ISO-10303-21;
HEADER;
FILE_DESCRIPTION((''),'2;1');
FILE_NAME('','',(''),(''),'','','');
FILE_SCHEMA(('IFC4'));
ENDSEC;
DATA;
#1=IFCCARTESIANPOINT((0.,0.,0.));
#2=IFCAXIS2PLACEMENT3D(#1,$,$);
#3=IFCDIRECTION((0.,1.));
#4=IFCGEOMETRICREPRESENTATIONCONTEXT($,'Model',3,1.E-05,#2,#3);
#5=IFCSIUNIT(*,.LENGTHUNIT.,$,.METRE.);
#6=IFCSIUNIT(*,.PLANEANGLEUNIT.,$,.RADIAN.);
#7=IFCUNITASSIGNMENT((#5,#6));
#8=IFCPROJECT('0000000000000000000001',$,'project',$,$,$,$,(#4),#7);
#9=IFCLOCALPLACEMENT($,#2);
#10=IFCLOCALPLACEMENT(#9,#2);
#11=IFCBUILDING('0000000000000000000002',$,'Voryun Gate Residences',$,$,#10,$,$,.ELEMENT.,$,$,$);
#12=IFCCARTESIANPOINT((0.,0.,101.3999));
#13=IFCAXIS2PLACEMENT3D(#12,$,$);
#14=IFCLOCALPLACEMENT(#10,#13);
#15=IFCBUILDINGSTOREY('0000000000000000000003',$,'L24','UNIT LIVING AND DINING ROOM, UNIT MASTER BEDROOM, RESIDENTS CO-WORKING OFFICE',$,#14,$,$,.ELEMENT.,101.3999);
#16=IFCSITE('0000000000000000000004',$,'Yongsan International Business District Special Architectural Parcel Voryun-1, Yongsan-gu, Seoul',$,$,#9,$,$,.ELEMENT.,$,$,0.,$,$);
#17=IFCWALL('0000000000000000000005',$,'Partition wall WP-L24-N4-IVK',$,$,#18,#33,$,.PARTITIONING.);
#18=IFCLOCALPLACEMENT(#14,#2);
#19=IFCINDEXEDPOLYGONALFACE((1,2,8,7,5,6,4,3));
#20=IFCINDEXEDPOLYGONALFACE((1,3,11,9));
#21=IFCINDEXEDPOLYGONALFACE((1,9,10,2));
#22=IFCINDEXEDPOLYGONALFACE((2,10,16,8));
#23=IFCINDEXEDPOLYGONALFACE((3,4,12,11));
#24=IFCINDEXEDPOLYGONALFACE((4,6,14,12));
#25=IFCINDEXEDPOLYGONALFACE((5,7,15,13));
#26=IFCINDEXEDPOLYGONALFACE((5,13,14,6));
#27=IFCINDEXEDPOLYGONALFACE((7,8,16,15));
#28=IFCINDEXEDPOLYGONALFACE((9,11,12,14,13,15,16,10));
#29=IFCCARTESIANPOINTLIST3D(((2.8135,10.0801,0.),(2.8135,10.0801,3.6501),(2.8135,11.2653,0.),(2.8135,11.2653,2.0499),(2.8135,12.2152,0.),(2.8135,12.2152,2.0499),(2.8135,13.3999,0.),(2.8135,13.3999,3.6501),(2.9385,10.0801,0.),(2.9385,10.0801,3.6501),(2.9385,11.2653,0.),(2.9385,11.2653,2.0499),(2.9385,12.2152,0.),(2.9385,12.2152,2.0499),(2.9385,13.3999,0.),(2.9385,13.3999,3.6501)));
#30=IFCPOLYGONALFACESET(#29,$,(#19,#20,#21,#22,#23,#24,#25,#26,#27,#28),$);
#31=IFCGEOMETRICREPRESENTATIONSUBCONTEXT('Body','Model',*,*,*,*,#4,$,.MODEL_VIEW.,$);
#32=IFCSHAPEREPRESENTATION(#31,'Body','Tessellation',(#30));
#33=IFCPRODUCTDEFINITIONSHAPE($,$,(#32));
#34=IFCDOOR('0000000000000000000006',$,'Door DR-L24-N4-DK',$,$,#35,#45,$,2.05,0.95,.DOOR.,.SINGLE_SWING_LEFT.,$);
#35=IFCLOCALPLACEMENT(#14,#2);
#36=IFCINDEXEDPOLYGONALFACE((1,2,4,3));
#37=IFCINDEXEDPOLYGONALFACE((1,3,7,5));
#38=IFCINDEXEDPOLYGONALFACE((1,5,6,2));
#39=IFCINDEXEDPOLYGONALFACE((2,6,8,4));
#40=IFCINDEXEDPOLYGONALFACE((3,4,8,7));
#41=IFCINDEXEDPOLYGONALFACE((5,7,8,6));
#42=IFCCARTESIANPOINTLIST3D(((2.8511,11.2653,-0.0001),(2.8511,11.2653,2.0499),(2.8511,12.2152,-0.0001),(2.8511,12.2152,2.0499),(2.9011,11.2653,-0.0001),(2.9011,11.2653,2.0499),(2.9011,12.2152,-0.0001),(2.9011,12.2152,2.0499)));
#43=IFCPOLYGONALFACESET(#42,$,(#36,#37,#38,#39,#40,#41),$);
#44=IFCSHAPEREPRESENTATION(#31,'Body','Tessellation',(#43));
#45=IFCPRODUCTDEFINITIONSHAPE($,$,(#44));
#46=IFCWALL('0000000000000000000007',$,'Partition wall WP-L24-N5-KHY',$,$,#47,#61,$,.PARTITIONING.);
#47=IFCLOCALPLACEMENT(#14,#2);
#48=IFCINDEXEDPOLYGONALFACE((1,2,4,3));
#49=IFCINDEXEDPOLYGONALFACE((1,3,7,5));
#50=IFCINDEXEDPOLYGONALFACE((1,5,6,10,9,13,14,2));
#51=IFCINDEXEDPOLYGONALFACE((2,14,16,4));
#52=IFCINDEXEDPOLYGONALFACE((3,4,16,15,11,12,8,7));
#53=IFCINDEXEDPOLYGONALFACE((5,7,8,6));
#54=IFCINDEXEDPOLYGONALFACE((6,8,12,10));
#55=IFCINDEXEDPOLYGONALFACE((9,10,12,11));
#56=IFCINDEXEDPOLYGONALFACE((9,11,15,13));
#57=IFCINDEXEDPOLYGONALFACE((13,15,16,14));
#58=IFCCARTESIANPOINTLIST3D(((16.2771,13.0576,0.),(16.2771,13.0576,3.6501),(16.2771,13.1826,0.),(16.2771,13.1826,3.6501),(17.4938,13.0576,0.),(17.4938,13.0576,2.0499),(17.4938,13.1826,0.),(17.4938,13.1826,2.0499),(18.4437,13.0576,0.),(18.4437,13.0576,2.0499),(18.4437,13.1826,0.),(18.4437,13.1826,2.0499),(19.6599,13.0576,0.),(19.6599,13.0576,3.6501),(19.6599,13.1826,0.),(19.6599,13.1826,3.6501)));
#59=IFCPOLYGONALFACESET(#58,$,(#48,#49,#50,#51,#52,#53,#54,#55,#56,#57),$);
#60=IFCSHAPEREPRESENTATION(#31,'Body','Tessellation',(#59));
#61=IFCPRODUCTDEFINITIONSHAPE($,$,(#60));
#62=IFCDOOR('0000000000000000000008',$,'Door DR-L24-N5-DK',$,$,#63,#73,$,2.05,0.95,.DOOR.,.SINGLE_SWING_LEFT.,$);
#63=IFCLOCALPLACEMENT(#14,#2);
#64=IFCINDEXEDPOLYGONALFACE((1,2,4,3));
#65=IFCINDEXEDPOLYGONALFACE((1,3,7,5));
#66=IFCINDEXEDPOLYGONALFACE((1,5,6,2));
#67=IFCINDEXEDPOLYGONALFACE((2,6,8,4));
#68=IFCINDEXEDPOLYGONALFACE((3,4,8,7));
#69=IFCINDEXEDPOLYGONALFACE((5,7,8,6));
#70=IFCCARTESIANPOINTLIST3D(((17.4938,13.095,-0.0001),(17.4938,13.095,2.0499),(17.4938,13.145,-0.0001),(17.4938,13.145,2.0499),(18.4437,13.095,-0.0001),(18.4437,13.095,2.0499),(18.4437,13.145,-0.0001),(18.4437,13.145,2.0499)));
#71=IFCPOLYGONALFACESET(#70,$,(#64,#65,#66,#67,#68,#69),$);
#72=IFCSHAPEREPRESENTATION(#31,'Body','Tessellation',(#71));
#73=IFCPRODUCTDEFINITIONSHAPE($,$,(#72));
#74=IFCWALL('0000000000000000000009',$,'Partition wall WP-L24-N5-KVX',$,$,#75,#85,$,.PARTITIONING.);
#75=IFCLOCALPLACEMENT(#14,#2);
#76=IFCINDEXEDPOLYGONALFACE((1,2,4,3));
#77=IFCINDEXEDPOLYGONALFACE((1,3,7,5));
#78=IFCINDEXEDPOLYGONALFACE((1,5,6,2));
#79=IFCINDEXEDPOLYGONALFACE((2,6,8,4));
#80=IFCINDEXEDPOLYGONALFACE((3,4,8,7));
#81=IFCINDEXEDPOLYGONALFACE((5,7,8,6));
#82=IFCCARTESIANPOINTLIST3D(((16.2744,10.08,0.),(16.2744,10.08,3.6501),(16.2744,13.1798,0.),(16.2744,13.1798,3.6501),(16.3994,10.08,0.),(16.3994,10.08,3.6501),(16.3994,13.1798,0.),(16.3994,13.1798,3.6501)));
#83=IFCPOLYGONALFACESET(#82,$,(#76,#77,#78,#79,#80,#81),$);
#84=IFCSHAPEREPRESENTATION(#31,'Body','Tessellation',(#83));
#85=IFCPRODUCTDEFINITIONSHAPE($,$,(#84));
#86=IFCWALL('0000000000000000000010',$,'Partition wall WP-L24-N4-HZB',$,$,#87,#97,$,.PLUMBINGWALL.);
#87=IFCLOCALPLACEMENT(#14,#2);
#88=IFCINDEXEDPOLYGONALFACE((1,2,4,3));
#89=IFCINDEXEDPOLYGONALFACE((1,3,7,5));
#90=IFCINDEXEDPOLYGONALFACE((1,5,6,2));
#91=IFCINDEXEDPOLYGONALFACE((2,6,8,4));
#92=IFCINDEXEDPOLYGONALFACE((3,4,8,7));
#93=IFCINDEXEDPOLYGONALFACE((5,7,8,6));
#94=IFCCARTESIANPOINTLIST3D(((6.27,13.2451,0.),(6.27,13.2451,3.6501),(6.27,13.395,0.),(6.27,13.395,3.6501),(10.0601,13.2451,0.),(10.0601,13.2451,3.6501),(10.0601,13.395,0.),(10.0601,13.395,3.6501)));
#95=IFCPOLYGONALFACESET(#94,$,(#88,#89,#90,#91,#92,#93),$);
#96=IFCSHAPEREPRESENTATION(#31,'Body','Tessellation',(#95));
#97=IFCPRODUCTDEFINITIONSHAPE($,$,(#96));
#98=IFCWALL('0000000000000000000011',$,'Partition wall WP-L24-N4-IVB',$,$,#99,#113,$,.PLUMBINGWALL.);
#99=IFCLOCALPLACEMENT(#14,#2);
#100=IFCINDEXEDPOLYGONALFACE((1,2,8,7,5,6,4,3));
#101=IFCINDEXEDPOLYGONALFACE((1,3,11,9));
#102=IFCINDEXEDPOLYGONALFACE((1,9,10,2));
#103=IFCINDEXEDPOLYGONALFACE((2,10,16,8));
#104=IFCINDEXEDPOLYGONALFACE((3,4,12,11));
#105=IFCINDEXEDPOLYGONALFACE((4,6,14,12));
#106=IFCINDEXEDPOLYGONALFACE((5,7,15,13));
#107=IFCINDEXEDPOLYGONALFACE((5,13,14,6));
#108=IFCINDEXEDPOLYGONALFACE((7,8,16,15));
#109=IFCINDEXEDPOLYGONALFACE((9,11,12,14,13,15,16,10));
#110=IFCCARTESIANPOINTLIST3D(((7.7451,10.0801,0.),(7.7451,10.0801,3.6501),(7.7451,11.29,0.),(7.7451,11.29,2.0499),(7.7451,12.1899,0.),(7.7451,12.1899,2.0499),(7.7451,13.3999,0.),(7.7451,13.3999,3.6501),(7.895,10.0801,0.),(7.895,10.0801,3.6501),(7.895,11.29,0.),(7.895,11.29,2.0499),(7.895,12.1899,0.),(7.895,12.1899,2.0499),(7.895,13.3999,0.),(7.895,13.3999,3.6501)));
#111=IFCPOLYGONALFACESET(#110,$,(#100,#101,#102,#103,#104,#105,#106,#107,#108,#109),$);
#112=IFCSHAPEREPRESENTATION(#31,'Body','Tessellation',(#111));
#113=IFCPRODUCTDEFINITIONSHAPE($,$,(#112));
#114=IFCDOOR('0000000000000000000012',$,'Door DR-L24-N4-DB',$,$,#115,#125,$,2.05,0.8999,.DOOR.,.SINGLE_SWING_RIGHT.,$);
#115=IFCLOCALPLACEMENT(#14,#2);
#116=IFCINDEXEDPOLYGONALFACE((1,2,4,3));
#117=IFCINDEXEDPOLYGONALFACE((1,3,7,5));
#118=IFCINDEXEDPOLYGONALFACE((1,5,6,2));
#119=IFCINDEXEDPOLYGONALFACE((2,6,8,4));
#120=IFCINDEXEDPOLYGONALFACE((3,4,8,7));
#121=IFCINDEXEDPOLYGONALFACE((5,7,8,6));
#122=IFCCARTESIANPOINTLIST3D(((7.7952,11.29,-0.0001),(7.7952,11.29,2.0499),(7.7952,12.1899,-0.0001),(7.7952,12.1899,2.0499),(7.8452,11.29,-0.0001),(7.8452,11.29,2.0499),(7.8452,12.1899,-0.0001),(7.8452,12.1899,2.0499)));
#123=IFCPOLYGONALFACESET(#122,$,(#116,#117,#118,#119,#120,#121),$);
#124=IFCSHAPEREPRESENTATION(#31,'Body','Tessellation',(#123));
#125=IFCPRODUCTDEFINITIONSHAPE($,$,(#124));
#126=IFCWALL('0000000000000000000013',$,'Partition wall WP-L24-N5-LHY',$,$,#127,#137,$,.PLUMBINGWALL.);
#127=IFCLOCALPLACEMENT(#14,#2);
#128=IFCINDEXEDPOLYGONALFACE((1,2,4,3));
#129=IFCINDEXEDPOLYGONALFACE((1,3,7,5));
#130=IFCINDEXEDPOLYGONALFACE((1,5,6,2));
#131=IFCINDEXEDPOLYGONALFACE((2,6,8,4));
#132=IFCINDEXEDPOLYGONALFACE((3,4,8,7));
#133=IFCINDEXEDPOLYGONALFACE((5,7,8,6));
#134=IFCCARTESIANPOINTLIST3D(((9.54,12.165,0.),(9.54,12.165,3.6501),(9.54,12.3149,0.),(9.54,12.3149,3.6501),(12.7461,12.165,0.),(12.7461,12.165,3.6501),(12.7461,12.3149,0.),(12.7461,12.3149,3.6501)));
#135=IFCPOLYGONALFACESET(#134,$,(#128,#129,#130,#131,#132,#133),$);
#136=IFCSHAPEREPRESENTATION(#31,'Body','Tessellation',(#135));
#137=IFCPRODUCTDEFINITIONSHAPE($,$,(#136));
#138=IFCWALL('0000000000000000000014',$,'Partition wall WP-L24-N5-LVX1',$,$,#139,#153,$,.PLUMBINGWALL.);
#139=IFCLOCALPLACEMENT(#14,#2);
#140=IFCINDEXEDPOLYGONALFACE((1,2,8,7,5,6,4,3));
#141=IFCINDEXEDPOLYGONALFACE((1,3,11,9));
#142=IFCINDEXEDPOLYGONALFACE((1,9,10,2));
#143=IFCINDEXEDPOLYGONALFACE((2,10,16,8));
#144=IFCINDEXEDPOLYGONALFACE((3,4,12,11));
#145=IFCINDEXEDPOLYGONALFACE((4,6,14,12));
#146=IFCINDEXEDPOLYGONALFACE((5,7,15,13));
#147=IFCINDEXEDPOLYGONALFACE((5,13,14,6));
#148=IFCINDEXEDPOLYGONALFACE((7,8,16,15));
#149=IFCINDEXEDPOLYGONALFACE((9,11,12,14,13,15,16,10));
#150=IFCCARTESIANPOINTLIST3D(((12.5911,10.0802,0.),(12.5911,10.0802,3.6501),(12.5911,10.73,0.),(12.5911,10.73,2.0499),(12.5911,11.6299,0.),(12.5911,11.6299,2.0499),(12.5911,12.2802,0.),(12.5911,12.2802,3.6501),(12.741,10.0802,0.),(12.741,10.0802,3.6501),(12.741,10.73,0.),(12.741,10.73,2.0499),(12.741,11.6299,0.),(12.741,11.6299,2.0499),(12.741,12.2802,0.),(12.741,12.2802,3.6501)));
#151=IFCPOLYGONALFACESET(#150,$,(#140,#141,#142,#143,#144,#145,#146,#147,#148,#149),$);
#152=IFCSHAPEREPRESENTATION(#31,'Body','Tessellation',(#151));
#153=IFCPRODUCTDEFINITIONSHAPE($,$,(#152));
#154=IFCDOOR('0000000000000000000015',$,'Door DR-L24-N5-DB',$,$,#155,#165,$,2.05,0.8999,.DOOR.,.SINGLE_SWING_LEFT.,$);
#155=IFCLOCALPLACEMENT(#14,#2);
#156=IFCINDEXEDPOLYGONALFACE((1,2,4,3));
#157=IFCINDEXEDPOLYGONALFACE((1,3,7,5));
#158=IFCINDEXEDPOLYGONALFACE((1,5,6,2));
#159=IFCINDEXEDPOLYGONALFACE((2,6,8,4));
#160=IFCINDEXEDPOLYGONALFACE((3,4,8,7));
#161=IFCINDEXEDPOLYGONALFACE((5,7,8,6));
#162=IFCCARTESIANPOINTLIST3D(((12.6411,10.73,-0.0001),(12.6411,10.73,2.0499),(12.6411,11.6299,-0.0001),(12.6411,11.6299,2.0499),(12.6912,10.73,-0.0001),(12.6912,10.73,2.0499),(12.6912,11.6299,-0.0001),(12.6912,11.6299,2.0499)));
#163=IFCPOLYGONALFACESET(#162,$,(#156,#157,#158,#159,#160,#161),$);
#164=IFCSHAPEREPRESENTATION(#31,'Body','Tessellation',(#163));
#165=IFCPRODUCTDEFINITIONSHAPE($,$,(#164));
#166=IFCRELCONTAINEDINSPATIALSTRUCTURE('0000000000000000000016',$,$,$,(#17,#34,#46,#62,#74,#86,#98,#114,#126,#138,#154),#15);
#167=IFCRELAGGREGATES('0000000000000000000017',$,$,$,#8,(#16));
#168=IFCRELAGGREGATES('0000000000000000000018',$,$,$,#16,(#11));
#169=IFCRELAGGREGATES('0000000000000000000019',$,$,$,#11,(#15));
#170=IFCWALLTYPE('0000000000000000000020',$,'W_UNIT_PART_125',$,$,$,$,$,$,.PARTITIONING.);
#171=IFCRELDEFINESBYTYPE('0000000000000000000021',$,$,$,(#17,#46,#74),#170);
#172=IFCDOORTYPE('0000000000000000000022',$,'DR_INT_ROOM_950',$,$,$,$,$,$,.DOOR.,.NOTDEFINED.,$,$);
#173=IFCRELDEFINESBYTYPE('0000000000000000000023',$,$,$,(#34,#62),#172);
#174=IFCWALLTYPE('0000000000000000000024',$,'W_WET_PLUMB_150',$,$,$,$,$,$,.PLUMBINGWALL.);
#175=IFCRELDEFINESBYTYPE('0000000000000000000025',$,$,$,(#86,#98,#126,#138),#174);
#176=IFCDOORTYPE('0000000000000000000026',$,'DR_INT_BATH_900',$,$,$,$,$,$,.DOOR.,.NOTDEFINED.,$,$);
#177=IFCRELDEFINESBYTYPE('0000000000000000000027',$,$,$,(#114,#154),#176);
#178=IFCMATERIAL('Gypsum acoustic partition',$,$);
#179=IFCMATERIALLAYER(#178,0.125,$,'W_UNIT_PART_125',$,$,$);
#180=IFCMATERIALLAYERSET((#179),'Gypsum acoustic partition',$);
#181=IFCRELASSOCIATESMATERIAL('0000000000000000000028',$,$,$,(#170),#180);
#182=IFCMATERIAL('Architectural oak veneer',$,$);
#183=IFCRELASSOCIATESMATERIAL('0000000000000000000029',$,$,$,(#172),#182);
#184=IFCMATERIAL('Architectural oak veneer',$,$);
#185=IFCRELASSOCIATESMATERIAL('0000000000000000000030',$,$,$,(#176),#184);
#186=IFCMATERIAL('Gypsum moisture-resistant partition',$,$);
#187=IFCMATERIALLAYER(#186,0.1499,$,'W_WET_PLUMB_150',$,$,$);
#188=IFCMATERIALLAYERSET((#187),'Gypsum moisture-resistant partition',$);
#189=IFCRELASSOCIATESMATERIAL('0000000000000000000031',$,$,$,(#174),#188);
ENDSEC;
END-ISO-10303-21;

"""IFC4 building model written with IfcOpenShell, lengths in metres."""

from ifc_helpers import new_model, si_unit, direction, frame, frame_2d, origin, place, context, subcontext, project, spatial, rectangle, extrude, material, layer, layer_set, type_object, element, fill, save


model = new_model("IFC4")

# Units and contexts
model_context = context("Model", 3, precision=1e-05, world=origin(), true_north=direction((0.0, 1.0)))
body_context = subcontext(model_context, "Body", "Model", "MODEL_VIEW")
ifc_project = project(units=[si_unit("LENGTHUNIT", "METRE"), si_unit("PLANEANGLEUNIT", "RADIAN")], contexts=[model_context])

# Site, building, storey
site_placement = place(None, origin())
site = spatial("IfcSite", under=ifc_project, at=site_placement, Name="Yongsan International Business District Special Architectural Parcel Voryun-1, Yongsan-gu, Seoul", CompositionType="ELEMENT", RefElevation=0.0)
building_placement = place(site_placement, origin())
building = spatial("IfcBuilding", under=site, at=building_placement, Name="Voryun Gate Residences", CompositionType="ELEMENT")
storey_placement = place(building_placement, frame((0.0, 0.0, 101.3999)))
storey = spatial("IfcBuildingStorey", under=building, at=storey_placement, Name="L24", Description="UNIT LIVING AND DINING ROOM, UNIT MASTER BEDROOM, RESIDENTS CO-WORKING OFFICE", CompositionType="ELEMENT", Elevation=101.3999)

# Walls, openings, doors
ifc_material_1 = material(Name="Gypsum acoustic partition")
ifc_layer_1 = layer(ifc_material_1, 0.125, Name="W_UNIT_PART_125")
ifc_layer_set_1 = layer_set([ifc_layer_1], Name="Gypsum acoustic partition")
wall_type_1 = type_object("IfcWallType", Name="W_UNIT_PART_125", PredefinedType="PARTITIONING", material=ifc_layer_set_1)
ifc_material_2 = material(Name="Architectural oak veneer")
door_type_1 = type_object("IfcDoorType", Name="DR_INT_ROOM_950", OperationType="NOTDEFINED", PredefinedType="DOOR", material=ifc_material_2)
ifc_material_3 = material(Name="Architectural oak veneer")
door_type_2 = type_object("IfcDoorType", Name="DR_INT_BATH_900", OperationType="NOTDEFINED", PredefinedType="DOOR", material=ifc_material_3)
wall_1_placement = place(storey_placement, frame((2.876, 10.0801, 0.0), z_axis=(0.0, 0.0, 1.0), x_axis=(0.0, 1.0, 0.0)))
wall_1 = element("IfcWall", 1, at=wall_1_placement, inside=storey, type_object=wall_type_1, Name="Partition wall WP-L24-N4-IVK", PredefinedType="PARTITIONING", context=body_context, shape_type="SweptSolid", body=[
    extrude(rectangle(XDim=3.3198, YDim=0.125, at=frame_2d((1.6599, 0.0))), origin(), (0.0, 0.0, 1.0), 3.6501),
])
opening_1_placement = place(wall_1_placement, frame((1.1851, 0.0, 0.0)))
opening_1 = element("IfcOpeningElement", 2, at=opening_1_placement, cuts=wall_1, PredefinedType="OPENING", context=body_context, shape_type="SweptSolid", body=[
    extrude(rectangle(XDim=0.95, YDim=2.05, at=frame_2d((0.4751, 1.0249))), frame((0.0, 0.0725, 0.0), z_axis=(0.0, -1.0, 0.0), x_axis=(1.0, 0.0, 0.0)), (0.0, 0.0, 1.0), 0.145),
])
door_1_placement = place(opening_1_placement, origin())
door_1 = element("IfcDoor", 3, at=door_1_placement, inside=storey, type_object=door_type_1, Name="Door DR-L24-N4-DK", OperationType="SINGLE_SWING_LEFT", OverallHeight=2.05, OverallWidth=0.95, PredefinedType="DOOR", context=body_context, shape_type="SweptSolid", body=[
    extrude(rectangle(XDim=0.95, YDim=2.05, at=frame_2d((0.4751, 1.0249))), frame((0.0, 0.0249, 0.0), z_axis=(0.0, -1.0, 0.0), x_axis=(1.0, 0.0, 0.0)), (0.0, 0.0, 1.0), 0.05),
])
fill(opening_1, door_1)
wall_2_placement = place(storey_placement, frame((16.2771, 13.1201, 0.0), z_axis=(0.0, 0.0, 1.0), x_axis=(1.0, 0.0, 0.0)))
wall_2 = element("IfcWall", 4, at=wall_2_placement, inside=storey, type_object=wall_type_1, Name="Partition wall WP-L24-N5-KHY", PredefinedType="PARTITIONING", context=body_context, shape_type="SweptSolid", body=[
    extrude(rectangle(XDim=3.3828, YDim=0.125, at=frame_2d((1.6914, 0.0))), origin(), (0.0, 0.0, 1.0), 3.6501),
])
opening_2_placement = place(wall_2_placement, frame((1.2166, 0.0, 0.0)))
opening_2 = element("IfcOpeningElement", 5, at=opening_2_placement, cuts=wall_2, PredefinedType="OPENING", context=body_context, shape_type="SweptSolid", body=[
    extrude(rectangle(XDim=0.95, YDim=2.05, at=frame_2d((0.4751, 1.0249))), frame((0.0, 0.0725, 0.0), z_axis=(0.0, -1.0, 0.0), x_axis=(1.0, 0.0, 0.0)), (0.0, 0.0, 1.0), 0.145),
])
door_2_placement = place(opening_2_placement, origin())
door_2 = element("IfcDoor", 6, at=door_2_placement, inside=storey, type_object=door_type_1, Name="Door DR-L24-N5-DK", OperationType="SINGLE_SWING_LEFT", OverallHeight=2.05, OverallWidth=0.95, PredefinedType="DOOR", context=body_context, shape_type="SweptSolid", body=[
    extrude(rectangle(XDim=0.95, YDim=2.05, at=frame_2d((0.4751, 1.0249))), frame((0.0, 0.0249, 0.0), z_axis=(0.0, -1.0, 0.0), x_axis=(1.0, 0.0, 0.0)), (0.0, 0.0, 1.0), 0.05),
])
fill(opening_2, door_2)

# Walls
wall_3_placement = place(storey_placement, frame((16.3369, 10.0801, 0.0), z_axis=(0.0, 0.0, 1.0), x_axis=(0.0, 1.0, 0.0)))
element("IfcWall", 7, at=wall_3_placement, inside=storey, type_object=wall_type_1, Name="Partition wall WP-L24-N5-KVX", PredefinedType="PARTITIONING", context=body_context, shape_type="SweptSolid", body=[
    extrude(rectangle(XDim=3.0999, YDim=0.125, at=frame_2d((1.5498, 0.0))), origin(), (0.0, 0.0, 1.0), 3.6501),
])
ifc_material_4 = material(Name="Gypsum moisture-resistant partition")
ifc_layer_2 = layer(ifc_material_4, 0.1499, Name="W_WET_PLUMB_150")
ifc_layer_set_2 = layer_set([ifc_layer_2], Name="Gypsum moisture-resistant partition")
wall_type_2 = type_object("IfcWallType", Name="W_WET_PLUMB_150", PredefinedType="PLUMBINGWALL", material=ifc_layer_set_2)
wall_4_placement = place(storey_placement, frame((6.27, 13.3201, 0.0), z_axis=(0.0, 0.0, 1.0), x_axis=(1.0, 0.0, 0.0)))
element("IfcWall", 8, at=wall_4_placement, inside=storey, type_object=wall_type_2, Name="Partition wall WP-L24-N4-HZB", PredefinedType="PLUMBINGWALL", context=body_context, shape_type="SweptSolid", body=[
    extrude(rectangle(XDim=3.79, YDim=0.1499, at=frame_2d((1.895, 0.0))), origin(), (0.0, 0.0, 1.0), 3.6501),
])

# Wall, opening, door
wall_5_placement = place(storey_placement, frame((7.8201, 10.0801, 0.0), z_axis=(0.0, 0.0, 1.0), x_axis=(0.0, 1.0, 0.0)))
wall_5 = element("IfcWall", 9, at=wall_5_placement, inside=storey, type_object=wall_type_2, Name="Partition wall WP-L24-N4-IVB", PredefinedType="PLUMBINGWALL", context=body_context, shape_type="SweptSolid", body=[
    extrude(rectangle(XDim=3.3198, YDim=0.1499, at=frame_2d((1.6599, 0.0))), origin(), (0.0, 0.0, 1.0), 3.6501),
])
opening_3_placement = place(wall_5_placement, frame((1.21, 0.0, 0.0)))
opening_3 = element("IfcOpeningElement", 10, at=opening_3_placement, cuts=wall_5, PredefinedType="OPENING", context=body_context, shape_type="SweptSolid", body=[
    extrude(rectangle(XDim=0.8999, YDim=2.05, at=frame_2d((0.45, 1.0249))), frame((0.0, 0.085, 0.0), z_axis=(0.0, -1.0, 0.0), x_axis=(1.0, 0.0, 0.0)), (0.0, 0.0, 1.0), 0.1699),
])
door_3_placement = place(opening_3_placement, origin())
door_3 = element("IfcDoor", 11, at=door_3_placement, inside=storey, type_object=door_type_2, Name="Door DR-L24-N4-DB", OperationType="SINGLE_SWING_RIGHT", OverallHeight=2.05, OverallWidth=0.8999, PredefinedType="DOOR", context=body_context, shape_type="SweptSolid", body=[
    extrude(rectangle(XDim=0.8999, YDim=2.05, at=frame_2d((0.45, 1.0249))), frame((0.0, 0.0249, 0.0), z_axis=(0.0, -1.0, 0.0), x_axis=(1.0, 0.0, 0.0)), (0.0, 0.0, 1.0), 0.05),
])
fill(opening_3, door_3)

# Wall
wall_6_placement = place(storey_placement, frame((9.54, 12.24, 0.0), z_axis=(0.0, 0.0, 1.0), x_axis=(1.0, 0.0, 0.0)))
element("IfcWall", 12, at=wall_6_placement, inside=storey, type_object=wall_type_2, Name="Partition wall WP-L24-N5-LHY", PredefinedType="PLUMBINGWALL", context=body_context, shape_type="SweptSolid", body=[
    extrude(rectangle(XDim=3.2061, YDim=0.1499, at=frame_2d((1.603, 0.0))), origin(), (0.0, 0.0, 1.0), 3.6501),
])

# Wall, opening, door
wall_7_placement = place(storey_placement, frame((12.666, 10.0801, 0.0), z_axis=(0.0, 0.0, 1.0), x_axis=(0.0, 1.0, 0.0)))
wall_7 = element("IfcWall", 13, at=wall_7_placement, inside=storey, type_object=wall_type_2, Name="Partition wall WP-L24-N5-LVX1", PredefinedType="PLUMBINGWALL", context=body_context, shape_type="SweptSolid", body=[
    extrude(rectangle(XDim=2.2, YDim=0.1499, at=frame_2d((1.1001, 0.0))), origin(), (0.0, 0.0, 1.0), 3.6501),
])
opening_4_placement = place(wall_7_placement, frame((0.6499, 0.0, 0.0)))
opening_4 = element("IfcOpeningElement", 14, at=opening_4_placement, cuts=wall_7, PredefinedType="OPENING", context=body_context, shape_type="SweptSolid", body=[
    extrude(rectangle(XDim=0.8999, YDim=2.05, at=frame_2d((0.45, 1.0249))), frame((0.0, 0.085, 0.0), z_axis=(0.0, -1.0, 0.0), x_axis=(1.0, 0.0, 0.0)), (0.0, 0.0, 1.0), 0.1699),
])
door_4_placement = place(opening_4_placement, origin())
door_4 = element("IfcDoor", 15, at=door_4_placement, inside=storey, type_object=door_type_2, Name="Door DR-L24-N5-DB", OperationType="SINGLE_SWING_LEFT", OverallHeight=2.05, OverallWidth=0.8999, PredefinedType="DOOR", context=body_context, shape_type="SweptSolid", body=[
    extrude(rectangle(XDim=0.8999, YDim=2.05, at=frame_2d((0.45, 1.0249))), frame((0.0, 0.0249, 0.0), z_axis=(0.0, -1.0, 0.0), x_axis=(1.0, 0.0, 0.0)), (0.0, 0.0, 1.0), 0.05),
])
fill(opening_4, door_4)

save(model, "model.ifc")
